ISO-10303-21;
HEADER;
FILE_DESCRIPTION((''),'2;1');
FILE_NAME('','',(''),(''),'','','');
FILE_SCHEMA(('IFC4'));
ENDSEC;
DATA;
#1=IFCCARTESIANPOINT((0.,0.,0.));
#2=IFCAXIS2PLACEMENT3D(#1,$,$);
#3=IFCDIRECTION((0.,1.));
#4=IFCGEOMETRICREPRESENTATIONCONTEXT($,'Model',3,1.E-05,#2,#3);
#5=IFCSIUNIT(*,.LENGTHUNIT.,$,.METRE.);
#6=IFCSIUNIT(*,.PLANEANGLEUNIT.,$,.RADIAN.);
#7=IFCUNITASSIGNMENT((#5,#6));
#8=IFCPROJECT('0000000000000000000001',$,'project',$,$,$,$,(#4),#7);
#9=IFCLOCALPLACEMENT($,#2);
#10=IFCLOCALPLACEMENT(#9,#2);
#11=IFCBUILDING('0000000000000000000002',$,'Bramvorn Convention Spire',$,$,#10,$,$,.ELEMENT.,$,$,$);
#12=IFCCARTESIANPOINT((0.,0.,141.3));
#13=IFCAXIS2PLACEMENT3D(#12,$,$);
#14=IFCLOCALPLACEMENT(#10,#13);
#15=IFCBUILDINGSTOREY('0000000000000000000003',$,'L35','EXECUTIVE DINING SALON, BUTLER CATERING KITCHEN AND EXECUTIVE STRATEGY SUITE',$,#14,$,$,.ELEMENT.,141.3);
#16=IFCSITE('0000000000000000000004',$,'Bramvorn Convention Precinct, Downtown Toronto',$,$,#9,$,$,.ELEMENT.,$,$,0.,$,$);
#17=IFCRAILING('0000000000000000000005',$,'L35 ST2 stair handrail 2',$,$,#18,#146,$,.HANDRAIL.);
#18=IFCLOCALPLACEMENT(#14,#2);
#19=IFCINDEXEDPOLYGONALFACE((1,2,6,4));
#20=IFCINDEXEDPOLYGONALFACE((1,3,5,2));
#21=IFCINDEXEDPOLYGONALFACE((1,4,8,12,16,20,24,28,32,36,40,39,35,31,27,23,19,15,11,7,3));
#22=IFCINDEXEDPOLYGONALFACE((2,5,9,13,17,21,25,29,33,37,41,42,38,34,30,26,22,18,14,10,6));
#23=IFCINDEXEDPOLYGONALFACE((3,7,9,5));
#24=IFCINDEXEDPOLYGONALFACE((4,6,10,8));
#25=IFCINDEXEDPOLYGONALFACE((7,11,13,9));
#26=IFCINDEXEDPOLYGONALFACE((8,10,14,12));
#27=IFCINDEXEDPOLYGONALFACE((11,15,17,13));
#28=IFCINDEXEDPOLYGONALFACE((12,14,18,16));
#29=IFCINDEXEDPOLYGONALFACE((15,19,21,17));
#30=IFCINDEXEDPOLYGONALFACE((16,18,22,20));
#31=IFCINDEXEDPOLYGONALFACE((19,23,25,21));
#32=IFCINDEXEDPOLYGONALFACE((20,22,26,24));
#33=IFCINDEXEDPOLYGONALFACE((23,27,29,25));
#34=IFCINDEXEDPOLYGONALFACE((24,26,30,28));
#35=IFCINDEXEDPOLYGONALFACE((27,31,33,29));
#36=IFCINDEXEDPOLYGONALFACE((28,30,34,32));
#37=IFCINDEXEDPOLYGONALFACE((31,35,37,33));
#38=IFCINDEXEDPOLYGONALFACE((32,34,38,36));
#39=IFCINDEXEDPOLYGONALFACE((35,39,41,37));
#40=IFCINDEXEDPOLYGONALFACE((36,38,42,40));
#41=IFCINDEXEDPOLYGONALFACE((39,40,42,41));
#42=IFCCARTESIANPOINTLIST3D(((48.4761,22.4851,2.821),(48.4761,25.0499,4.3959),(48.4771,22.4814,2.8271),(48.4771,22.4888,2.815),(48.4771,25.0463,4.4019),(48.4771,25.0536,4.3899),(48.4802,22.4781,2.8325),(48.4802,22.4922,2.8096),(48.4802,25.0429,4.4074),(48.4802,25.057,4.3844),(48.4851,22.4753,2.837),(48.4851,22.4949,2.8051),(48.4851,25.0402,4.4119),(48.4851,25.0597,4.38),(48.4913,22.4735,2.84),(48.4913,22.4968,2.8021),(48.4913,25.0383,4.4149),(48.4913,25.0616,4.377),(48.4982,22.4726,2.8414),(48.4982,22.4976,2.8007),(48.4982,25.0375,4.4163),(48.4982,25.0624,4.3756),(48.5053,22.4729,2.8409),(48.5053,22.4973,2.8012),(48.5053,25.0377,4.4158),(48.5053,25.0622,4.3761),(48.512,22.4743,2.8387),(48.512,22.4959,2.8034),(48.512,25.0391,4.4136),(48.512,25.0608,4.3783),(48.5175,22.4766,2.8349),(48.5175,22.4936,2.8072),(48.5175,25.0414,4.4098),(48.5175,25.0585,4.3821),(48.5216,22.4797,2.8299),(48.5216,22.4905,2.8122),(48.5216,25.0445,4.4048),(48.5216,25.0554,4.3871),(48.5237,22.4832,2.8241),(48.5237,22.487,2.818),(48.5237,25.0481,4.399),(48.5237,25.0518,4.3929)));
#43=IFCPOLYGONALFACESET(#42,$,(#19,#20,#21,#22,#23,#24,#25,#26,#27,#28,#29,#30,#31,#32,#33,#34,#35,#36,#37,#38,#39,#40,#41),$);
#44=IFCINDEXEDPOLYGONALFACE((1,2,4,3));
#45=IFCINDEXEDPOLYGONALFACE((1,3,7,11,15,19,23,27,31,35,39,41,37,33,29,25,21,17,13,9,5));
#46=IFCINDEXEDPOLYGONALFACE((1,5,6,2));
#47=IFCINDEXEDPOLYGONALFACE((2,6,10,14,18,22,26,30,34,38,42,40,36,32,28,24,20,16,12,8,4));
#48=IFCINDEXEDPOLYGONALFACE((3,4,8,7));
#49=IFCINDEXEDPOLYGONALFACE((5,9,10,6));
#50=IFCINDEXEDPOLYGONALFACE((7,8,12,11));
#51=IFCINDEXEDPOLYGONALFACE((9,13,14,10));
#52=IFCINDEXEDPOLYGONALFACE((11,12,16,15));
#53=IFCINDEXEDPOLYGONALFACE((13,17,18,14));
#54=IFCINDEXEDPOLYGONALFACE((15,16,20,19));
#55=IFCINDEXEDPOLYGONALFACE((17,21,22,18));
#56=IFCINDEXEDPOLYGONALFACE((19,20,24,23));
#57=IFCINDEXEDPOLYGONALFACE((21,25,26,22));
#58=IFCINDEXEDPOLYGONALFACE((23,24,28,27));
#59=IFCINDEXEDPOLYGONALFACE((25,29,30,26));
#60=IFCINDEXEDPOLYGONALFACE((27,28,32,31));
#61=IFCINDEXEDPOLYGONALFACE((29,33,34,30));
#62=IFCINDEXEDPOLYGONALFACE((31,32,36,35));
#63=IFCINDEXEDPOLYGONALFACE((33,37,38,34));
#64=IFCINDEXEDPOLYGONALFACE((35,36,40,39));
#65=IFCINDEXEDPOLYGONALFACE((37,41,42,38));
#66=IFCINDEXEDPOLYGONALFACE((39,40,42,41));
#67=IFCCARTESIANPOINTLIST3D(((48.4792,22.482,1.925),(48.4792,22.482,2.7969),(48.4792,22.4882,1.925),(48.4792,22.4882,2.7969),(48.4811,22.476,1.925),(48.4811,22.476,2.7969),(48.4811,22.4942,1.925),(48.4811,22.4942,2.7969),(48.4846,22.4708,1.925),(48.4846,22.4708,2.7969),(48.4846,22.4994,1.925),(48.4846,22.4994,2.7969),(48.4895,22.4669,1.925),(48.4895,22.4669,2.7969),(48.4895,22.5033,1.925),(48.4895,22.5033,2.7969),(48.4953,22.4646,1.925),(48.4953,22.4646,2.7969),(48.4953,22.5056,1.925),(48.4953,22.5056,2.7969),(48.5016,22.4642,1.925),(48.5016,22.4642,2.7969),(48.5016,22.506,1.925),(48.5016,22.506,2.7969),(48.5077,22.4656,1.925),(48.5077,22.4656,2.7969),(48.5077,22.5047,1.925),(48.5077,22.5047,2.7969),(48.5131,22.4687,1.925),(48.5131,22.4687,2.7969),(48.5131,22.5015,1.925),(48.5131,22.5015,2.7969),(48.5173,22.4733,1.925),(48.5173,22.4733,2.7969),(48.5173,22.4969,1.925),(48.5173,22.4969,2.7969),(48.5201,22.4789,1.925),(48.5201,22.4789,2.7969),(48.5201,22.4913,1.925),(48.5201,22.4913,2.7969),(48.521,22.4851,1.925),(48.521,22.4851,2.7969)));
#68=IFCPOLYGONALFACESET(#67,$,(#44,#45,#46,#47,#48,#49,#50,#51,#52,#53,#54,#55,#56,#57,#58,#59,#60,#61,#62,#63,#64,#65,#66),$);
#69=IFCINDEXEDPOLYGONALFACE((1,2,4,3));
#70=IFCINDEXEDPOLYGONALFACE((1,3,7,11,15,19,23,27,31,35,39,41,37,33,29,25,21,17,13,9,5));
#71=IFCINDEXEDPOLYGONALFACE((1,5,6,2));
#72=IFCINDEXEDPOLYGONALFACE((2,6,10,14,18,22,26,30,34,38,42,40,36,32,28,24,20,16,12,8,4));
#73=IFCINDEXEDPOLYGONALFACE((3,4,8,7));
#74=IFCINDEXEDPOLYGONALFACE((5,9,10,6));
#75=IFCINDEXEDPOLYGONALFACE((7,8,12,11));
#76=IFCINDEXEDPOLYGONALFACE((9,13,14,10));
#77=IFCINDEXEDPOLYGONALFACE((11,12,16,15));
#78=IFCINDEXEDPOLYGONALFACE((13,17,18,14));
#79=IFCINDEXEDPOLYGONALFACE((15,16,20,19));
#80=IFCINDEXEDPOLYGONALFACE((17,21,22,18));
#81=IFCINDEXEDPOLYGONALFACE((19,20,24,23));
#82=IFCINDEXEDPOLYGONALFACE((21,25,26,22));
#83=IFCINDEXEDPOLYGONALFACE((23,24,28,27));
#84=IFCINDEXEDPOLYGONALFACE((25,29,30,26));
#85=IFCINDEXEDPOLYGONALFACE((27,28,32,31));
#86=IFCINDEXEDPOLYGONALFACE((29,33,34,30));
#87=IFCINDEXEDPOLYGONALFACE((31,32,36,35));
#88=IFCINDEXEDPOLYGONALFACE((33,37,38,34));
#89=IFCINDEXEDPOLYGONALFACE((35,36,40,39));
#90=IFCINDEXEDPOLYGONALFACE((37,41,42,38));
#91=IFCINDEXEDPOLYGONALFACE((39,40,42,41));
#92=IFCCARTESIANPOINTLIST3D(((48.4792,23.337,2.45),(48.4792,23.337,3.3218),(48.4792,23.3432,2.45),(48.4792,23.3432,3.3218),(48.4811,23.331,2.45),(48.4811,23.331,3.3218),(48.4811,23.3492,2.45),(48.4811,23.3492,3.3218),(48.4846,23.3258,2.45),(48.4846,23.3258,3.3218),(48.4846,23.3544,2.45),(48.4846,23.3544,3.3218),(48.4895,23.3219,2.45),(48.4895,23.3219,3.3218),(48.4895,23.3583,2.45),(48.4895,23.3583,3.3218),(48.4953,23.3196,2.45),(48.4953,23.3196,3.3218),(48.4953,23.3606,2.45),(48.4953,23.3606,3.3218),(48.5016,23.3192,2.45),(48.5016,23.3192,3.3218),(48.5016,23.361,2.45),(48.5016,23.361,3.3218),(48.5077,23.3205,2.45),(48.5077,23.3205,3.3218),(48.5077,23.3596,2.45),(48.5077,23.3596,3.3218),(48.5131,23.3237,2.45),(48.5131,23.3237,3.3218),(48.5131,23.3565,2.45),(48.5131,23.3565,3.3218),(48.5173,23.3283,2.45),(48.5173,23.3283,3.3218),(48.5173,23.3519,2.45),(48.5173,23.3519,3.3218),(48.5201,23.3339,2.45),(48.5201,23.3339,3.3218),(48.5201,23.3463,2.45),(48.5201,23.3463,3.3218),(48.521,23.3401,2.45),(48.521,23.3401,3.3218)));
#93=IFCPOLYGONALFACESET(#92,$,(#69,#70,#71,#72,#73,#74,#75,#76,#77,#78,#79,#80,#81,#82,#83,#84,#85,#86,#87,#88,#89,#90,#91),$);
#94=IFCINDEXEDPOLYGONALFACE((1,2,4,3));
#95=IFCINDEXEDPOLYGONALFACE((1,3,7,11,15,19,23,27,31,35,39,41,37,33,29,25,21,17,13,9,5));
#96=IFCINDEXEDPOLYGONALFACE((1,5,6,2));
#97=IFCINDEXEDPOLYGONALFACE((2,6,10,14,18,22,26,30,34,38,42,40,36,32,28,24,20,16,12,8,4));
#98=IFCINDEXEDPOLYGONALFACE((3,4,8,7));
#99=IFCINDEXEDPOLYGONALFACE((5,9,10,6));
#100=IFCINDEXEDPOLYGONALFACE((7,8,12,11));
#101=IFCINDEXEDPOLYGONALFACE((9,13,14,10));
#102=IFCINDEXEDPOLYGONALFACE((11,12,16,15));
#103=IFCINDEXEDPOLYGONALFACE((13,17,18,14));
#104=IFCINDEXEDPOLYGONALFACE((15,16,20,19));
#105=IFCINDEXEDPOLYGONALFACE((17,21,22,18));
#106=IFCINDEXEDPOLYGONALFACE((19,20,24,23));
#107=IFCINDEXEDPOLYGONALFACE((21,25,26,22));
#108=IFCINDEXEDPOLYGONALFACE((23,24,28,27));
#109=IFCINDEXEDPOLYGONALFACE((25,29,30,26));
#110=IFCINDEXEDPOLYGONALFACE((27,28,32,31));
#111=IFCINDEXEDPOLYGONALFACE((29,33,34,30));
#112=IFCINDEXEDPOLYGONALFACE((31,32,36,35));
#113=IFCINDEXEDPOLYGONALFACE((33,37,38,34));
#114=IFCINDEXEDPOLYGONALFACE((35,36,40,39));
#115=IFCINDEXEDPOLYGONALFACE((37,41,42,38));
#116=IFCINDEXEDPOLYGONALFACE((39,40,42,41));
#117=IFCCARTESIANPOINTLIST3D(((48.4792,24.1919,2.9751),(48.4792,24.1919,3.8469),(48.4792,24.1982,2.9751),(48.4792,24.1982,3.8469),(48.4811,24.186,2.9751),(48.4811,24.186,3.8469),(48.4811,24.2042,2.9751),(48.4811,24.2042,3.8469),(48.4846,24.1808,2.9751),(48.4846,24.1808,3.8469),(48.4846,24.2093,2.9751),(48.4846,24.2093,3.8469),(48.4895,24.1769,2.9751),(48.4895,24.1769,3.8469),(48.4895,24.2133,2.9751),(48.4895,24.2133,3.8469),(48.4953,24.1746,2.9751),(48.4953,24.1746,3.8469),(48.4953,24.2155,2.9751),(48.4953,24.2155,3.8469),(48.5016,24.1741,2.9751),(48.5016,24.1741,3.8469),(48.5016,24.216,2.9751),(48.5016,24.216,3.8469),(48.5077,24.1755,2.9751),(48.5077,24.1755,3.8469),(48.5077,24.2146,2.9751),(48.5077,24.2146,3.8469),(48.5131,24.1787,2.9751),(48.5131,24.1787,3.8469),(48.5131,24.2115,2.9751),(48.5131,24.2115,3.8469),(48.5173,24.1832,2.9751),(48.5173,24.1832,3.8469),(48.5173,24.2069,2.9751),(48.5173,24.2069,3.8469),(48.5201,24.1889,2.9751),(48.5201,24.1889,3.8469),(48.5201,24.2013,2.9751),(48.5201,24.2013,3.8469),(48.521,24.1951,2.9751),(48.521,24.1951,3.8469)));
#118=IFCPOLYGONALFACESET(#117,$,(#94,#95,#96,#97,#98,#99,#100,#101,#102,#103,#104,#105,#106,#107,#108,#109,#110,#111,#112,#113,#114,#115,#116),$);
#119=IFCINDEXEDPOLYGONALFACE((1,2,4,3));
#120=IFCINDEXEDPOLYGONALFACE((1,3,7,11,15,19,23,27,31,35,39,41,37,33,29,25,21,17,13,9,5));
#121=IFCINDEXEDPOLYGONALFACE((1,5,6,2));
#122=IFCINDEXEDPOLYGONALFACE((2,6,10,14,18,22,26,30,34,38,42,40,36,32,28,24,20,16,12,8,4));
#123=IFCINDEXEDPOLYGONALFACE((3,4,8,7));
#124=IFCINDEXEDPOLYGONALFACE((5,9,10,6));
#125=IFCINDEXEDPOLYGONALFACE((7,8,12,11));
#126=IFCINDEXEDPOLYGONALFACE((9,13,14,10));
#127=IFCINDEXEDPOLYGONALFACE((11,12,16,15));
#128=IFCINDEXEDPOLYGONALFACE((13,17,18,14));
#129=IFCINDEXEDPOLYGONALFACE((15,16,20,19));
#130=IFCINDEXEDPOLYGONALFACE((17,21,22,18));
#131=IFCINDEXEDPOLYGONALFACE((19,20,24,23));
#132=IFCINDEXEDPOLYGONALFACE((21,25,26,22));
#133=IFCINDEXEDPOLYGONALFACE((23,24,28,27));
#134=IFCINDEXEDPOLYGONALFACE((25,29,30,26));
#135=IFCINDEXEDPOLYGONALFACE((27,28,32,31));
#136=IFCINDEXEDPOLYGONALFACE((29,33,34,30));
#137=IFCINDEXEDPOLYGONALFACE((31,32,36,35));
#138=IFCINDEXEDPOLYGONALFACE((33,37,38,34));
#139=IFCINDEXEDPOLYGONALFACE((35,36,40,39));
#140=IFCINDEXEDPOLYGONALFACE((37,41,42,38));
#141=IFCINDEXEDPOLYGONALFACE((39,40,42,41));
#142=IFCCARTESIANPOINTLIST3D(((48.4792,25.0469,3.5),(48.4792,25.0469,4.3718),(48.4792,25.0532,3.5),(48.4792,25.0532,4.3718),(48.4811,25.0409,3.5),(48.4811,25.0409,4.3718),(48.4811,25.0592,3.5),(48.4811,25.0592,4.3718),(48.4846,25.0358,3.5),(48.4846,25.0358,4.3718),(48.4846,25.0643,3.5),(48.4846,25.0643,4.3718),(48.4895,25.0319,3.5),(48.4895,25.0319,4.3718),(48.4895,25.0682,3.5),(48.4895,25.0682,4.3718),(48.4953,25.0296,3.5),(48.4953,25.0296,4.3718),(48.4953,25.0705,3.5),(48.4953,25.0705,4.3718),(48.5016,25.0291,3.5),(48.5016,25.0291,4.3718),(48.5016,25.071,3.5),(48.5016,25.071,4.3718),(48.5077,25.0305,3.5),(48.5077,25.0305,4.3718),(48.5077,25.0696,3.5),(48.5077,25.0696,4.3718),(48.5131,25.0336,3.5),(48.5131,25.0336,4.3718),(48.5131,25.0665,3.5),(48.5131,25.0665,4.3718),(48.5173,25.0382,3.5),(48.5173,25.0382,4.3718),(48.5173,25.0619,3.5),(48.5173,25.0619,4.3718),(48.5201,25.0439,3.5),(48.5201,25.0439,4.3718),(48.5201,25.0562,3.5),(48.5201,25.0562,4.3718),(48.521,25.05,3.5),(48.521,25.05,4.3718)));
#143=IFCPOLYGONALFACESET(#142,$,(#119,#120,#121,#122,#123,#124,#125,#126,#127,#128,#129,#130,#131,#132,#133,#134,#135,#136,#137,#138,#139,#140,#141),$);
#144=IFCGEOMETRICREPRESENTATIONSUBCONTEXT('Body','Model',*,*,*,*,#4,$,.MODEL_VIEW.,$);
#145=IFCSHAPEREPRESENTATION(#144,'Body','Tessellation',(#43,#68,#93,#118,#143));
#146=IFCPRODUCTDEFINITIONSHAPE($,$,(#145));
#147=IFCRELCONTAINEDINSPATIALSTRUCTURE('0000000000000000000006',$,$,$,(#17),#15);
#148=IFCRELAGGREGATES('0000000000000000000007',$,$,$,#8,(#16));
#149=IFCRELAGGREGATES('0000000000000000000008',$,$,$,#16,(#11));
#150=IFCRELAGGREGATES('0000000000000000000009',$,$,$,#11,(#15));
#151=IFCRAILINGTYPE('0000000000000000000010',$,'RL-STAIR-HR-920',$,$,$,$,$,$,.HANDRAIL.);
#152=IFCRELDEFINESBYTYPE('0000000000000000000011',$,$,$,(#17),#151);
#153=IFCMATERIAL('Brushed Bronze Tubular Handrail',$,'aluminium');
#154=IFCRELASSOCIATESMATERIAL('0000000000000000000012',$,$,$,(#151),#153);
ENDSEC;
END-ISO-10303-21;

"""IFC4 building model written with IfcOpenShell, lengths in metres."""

from ifc_helpers import new_model, si_unit, direction, frame, origin, origin_2d, place, context, subcontext, project, spatial, circle, extrude, material, type_object, element, save


model = new_model("IFC4")

# Units and contexts
model_context = context("Model", 3, precision=1e-05, world=origin(), true_north=direction((0.0, 1.0)))
body_context = subcontext(model_context, "Body", "Model", "MODEL_VIEW")
ifc_project = project(units=[si_unit("LENGTHUNIT", "METRE"), si_unit("PLANEANGLEUNIT", "RADIAN")], contexts=[model_context])

# Site, building, storey
site_placement = place(None, origin())
site = spatial("IfcSite", under=ifc_project, at=site_placement, Name="Bramvorn Convention Precinct, Downtown Toronto", CompositionType="ELEMENT", RefElevation=0.0)
building_placement = place(site_placement, origin())
building = spatial("IfcBuilding", under=site, at=building_placement, Name="Bramvorn Convention Spire", CompositionType="ELEMENT")
storey_placement = place(building_placement, frame((0.0, 0.0, 141.3)))
storey = spatial("IfcBuildingStorey", under=building, at=storey_placement, Name="L35", Description="EXECUTIVE DINING SALON, BUTLER CATERING KITCHEN AND EXECUTIVE STRATEGY SUITE", CompositionType="ELEMENT", Elevation=141.3)

# Railing
ifc_material_1 = material(Name="Brushed Bronze Tubular Handrail", Category="aluminium")
railing_type_1 = type_object("IfcRailingType", Name="RL-STAIR-HR-920", PredefinedType="HANDRAIL", material=ifc_material_1)
railing_1_placement = place(storey_placement, frame((48.5, 22.4851, 1.925)))
element("IfcRailing", 1, at=railing_1_placement, inside=storey, type_object=railing_type_1, Name="L35 ST2 stair handrail 2", PredefinedType="HANDRAIL", context=body_context, shape_type="SweptSolid", body=[
    extrude(circle(Radius=0.0239, at=origin_2d()), frame((0.0, 0.0, 0.896), z_axis=(0.0, 0.852173, 0.52326), x_axis=(-1.0, 0.0, 0.0)), (0.0, 0.0, 1.0), 3.0098),
    extrude(circle(Radius=0.021, at=origin_2d()), origin(), (0.0, 0.0, 1.0), 0.8718),
    extrude(circle(Radius=0.021, at=origin_2d()), frame((0.0, 0.855, 0.5249)), (0.0, 0.0, 1.0), 0.8718),
    extrude(circle(Radius=0.021, at=origin_2d()), frame((0.0, 1.71, 1.05)), (0.0, 0.0, 1.0), 0.8718),
    extrude(circle(Radius=0.021, at=origin_2d()), frame((0.0, 2.5649, 1.575)), (0.0, 0.0, 1.0), 0.8718),
])

save(model, "model.ifc")
